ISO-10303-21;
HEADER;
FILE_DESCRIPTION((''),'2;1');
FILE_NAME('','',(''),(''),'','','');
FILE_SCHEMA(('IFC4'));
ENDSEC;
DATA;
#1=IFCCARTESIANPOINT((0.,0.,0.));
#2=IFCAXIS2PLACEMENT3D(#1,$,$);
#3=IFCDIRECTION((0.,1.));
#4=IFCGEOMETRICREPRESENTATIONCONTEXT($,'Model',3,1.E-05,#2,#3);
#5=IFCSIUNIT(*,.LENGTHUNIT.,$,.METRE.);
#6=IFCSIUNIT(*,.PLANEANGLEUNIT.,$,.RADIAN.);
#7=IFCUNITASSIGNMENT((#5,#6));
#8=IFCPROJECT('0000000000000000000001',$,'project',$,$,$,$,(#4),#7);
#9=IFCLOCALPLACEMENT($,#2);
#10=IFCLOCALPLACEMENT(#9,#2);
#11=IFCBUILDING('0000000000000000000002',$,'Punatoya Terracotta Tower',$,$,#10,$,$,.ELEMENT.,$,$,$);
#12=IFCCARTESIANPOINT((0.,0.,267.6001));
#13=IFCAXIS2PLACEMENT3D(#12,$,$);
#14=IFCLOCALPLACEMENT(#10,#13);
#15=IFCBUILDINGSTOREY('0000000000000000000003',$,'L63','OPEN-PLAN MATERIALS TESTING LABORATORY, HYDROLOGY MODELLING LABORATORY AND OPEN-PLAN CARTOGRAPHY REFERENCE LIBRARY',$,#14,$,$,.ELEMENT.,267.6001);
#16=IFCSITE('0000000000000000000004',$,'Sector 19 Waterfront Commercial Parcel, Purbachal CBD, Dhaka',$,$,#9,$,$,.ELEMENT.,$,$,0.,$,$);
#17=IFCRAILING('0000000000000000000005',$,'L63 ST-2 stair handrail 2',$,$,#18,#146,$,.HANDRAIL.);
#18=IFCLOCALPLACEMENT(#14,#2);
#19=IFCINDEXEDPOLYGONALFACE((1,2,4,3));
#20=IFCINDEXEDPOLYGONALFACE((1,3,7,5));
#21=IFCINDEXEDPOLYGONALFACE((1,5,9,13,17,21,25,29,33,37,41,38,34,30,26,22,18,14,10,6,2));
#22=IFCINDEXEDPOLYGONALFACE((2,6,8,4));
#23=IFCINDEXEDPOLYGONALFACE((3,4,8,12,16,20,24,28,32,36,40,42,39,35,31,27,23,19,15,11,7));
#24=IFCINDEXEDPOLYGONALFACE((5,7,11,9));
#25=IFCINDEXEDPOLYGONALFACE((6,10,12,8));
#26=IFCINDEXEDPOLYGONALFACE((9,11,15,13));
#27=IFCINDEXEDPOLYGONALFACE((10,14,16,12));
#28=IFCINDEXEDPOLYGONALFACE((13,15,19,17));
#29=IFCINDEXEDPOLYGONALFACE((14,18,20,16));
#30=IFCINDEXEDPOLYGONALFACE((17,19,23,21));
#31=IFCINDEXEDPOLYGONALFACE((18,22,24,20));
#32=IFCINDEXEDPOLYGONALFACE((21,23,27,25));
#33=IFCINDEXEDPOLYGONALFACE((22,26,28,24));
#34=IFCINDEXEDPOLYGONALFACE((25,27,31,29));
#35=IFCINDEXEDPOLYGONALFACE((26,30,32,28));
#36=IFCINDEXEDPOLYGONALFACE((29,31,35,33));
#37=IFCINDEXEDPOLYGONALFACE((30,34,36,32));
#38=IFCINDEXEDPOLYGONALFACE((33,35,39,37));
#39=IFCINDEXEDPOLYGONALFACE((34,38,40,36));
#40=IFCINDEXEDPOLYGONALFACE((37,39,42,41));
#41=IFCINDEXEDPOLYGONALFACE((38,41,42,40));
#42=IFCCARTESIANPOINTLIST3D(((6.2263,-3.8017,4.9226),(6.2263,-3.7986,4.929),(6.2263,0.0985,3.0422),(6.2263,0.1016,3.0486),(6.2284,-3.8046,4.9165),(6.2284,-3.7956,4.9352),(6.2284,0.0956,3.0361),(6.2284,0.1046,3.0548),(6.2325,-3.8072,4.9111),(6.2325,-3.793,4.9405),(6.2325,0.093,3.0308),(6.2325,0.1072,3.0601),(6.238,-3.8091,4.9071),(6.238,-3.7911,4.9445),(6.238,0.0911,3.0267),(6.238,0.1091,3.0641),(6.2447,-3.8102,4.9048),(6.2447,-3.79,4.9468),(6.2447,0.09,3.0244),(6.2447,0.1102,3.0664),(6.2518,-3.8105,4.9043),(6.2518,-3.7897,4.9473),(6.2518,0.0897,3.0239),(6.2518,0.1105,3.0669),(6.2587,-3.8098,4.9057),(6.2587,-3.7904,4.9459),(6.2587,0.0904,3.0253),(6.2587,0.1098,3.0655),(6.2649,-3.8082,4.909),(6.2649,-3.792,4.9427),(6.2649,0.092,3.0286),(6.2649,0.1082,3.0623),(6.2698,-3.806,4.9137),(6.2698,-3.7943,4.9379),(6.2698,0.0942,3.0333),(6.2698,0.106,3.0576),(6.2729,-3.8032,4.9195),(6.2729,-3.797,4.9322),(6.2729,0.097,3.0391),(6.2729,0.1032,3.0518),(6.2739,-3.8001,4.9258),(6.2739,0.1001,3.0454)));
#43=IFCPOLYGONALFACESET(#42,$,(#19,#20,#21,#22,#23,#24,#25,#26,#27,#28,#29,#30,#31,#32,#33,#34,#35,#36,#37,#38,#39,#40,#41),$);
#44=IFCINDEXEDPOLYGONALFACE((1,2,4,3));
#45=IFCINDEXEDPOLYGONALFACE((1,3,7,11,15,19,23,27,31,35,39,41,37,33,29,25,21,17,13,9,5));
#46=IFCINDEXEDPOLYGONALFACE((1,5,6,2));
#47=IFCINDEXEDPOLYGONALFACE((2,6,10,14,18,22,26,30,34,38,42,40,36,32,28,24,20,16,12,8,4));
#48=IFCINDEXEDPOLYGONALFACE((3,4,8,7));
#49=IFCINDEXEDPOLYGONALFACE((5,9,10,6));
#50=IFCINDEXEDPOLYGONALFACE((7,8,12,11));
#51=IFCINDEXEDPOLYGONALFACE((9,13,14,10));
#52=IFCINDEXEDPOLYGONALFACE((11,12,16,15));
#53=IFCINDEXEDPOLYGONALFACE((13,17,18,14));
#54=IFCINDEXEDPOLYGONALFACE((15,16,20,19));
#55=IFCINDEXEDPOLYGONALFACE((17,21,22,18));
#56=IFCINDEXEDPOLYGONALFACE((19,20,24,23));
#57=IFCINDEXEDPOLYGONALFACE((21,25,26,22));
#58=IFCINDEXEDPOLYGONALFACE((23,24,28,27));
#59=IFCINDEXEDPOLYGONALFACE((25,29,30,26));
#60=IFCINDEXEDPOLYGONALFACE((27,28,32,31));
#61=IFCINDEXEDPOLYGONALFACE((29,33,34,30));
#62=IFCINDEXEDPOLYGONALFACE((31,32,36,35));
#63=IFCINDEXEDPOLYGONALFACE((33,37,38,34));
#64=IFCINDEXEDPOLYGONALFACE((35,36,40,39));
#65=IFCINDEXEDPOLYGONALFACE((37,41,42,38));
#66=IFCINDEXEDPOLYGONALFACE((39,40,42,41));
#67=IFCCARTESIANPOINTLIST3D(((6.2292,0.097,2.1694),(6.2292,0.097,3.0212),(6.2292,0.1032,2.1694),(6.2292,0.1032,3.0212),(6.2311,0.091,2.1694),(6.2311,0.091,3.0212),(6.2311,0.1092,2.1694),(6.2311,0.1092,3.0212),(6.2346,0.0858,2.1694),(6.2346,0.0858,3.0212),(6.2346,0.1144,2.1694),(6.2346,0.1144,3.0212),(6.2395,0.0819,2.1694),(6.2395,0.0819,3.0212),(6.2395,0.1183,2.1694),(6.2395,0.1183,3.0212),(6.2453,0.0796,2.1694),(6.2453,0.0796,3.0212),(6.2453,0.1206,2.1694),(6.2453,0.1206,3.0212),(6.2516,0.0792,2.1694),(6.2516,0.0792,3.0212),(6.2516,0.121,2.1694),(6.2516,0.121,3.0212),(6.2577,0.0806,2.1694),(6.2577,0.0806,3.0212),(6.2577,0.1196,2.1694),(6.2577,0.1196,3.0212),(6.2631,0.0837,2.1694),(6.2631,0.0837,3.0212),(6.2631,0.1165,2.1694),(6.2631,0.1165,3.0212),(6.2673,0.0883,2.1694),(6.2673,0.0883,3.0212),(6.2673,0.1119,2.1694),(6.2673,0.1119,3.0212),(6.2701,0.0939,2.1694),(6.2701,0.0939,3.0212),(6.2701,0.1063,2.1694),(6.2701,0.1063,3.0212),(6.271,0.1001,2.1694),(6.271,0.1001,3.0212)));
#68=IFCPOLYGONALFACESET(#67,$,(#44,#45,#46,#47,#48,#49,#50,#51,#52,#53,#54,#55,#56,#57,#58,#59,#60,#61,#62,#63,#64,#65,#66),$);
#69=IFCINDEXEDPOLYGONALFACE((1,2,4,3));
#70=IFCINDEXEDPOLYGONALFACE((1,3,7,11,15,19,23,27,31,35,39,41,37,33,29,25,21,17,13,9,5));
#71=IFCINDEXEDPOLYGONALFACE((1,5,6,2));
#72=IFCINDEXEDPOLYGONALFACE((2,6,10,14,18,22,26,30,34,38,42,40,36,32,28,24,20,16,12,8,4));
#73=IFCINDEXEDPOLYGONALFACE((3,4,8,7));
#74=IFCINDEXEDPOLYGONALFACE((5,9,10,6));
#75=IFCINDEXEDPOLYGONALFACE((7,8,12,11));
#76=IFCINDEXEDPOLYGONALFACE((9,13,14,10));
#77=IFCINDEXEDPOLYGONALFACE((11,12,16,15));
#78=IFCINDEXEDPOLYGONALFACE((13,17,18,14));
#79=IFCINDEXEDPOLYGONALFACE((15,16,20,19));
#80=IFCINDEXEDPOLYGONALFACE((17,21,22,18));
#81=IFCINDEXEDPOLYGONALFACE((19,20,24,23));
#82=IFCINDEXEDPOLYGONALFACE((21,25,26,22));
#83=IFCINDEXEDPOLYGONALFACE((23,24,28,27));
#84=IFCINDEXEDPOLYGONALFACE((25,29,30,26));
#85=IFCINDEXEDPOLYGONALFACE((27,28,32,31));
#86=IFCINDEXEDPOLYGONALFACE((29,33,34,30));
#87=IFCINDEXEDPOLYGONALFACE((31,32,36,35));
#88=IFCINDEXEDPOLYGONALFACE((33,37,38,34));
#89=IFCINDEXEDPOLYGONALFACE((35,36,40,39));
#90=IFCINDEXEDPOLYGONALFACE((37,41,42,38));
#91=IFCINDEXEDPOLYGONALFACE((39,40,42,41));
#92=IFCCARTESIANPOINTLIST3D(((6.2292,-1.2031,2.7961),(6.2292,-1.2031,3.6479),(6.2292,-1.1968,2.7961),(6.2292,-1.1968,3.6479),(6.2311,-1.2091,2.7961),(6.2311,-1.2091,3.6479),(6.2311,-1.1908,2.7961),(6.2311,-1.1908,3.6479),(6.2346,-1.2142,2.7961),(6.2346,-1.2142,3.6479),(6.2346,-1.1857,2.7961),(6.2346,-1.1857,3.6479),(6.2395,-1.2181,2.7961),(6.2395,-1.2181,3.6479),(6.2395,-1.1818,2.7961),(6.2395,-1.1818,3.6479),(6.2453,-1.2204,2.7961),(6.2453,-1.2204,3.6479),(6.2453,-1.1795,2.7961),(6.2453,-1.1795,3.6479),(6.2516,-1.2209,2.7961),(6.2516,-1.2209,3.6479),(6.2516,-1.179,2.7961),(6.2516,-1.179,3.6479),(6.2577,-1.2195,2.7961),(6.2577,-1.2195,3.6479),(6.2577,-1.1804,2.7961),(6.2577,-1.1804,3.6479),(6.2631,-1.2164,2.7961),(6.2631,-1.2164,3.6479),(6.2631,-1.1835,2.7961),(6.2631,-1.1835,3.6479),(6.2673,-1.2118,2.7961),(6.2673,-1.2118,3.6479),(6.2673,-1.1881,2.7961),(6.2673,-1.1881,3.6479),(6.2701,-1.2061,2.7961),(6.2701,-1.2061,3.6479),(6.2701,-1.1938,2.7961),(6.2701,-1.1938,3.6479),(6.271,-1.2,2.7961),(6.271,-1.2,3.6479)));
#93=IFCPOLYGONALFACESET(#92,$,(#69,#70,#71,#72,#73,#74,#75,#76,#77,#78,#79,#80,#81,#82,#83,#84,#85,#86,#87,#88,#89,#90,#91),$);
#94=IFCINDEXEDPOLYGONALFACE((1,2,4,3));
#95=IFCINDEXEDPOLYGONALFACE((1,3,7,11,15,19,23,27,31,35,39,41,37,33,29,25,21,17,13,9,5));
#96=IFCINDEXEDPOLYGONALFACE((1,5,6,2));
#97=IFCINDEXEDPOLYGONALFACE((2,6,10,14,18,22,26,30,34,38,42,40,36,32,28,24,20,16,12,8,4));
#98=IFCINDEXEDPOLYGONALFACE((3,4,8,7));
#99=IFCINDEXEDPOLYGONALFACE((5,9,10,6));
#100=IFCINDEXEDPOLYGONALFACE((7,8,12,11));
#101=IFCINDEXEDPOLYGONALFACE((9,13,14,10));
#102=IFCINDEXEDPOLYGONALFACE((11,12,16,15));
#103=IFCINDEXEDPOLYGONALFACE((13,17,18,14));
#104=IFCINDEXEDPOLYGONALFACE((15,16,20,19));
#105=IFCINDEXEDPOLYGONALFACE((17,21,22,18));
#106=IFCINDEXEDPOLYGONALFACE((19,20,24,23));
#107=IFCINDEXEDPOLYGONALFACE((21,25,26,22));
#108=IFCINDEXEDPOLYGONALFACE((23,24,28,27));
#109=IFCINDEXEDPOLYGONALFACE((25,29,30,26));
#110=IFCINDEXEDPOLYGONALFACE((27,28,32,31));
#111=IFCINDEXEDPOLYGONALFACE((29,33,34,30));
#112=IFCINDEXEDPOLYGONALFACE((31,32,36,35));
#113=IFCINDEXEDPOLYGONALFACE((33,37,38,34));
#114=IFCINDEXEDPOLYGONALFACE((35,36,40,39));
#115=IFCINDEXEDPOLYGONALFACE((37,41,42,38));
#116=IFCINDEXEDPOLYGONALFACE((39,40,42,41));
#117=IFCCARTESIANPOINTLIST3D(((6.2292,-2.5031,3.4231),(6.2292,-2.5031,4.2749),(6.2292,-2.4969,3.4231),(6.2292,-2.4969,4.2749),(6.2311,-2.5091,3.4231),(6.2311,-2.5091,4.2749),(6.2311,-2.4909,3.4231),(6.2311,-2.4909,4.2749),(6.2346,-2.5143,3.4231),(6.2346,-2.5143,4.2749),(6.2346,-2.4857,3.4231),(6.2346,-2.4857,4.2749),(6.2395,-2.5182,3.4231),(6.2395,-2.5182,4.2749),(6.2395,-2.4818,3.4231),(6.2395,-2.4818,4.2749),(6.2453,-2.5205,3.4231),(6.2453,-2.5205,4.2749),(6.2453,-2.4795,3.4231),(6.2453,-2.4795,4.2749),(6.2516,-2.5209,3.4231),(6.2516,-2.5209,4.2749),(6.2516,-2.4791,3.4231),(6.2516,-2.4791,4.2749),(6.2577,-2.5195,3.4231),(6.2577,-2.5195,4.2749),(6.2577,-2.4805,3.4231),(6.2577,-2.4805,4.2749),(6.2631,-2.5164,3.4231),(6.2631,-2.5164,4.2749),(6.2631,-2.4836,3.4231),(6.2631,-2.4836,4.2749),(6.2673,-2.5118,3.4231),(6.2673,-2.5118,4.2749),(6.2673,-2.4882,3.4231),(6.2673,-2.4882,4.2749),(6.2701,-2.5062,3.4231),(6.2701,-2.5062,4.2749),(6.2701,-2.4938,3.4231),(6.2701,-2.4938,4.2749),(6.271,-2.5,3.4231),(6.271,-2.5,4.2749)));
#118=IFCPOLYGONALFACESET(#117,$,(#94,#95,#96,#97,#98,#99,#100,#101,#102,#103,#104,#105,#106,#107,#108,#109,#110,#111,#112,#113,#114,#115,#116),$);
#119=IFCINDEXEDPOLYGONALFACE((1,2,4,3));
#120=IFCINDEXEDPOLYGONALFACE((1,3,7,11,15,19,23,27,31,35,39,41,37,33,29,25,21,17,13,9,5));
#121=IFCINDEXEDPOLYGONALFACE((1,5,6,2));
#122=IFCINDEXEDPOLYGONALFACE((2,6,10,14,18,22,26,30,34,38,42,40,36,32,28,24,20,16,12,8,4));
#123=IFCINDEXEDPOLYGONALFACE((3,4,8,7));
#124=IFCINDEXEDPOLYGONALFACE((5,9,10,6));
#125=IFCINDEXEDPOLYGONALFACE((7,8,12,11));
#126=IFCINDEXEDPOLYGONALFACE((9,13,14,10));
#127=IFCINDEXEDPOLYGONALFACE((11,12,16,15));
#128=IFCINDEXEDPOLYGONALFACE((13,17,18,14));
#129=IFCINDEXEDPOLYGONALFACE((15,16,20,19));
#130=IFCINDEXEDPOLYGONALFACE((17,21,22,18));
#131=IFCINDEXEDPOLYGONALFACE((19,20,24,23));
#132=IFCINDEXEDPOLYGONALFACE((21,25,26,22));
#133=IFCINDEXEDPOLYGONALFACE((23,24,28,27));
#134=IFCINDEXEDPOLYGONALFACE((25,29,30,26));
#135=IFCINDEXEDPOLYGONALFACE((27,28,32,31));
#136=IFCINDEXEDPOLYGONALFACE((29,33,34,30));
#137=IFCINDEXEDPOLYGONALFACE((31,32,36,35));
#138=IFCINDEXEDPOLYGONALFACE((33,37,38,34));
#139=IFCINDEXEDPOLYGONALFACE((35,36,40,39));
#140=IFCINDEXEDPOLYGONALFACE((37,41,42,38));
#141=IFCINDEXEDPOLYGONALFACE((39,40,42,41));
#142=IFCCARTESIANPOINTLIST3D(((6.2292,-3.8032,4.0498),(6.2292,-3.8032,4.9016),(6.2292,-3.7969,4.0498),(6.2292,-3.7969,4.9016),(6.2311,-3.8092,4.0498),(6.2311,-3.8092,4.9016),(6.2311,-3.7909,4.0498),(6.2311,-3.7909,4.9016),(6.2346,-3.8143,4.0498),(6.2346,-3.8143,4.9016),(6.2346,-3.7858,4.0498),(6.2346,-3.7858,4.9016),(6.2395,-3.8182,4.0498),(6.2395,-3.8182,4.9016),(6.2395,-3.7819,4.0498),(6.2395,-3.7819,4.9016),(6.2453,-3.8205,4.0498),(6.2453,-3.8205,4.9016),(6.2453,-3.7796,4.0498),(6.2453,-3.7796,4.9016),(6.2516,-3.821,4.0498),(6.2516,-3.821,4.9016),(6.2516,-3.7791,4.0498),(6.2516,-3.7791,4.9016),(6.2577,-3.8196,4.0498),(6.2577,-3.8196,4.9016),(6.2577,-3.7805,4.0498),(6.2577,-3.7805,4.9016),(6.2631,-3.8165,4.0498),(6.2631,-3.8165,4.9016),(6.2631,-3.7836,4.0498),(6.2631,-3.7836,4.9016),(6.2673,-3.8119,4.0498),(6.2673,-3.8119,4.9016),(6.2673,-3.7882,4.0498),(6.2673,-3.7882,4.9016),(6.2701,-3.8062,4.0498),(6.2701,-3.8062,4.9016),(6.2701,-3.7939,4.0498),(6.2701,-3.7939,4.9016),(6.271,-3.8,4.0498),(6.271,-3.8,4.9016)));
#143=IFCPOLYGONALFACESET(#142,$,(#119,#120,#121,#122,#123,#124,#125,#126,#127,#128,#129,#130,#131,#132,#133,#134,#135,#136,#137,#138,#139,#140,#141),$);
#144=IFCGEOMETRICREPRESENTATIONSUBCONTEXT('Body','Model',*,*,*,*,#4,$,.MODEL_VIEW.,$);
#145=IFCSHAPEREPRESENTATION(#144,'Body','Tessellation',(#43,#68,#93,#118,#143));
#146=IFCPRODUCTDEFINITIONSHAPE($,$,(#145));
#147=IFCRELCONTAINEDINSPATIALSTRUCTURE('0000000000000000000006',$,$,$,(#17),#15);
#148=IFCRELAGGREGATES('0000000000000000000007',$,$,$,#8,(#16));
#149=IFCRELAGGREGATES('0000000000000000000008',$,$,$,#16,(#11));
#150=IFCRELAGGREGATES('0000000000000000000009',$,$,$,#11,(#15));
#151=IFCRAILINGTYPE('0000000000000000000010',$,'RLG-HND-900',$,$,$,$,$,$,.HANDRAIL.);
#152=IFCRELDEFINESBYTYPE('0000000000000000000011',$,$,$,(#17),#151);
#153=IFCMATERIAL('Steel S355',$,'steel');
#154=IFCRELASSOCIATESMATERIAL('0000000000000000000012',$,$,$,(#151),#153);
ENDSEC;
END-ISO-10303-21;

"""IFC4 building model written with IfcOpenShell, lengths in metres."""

from ifc_helpers import new_model, si_unit, direction, frame, origin, origin_2d, place, context, subcontext, project, spatial, circle, extrude, material, type_object, element, save


model = new_model("IFC4")

# Units and contexts
model_context = context("Model", 3, precision=1e-05, world=origin(), true_north=direction((0.0, 1.0)))
body_context = subcontext(model_context, "Body", "Model", "MODEL_VIEW")
ifc_project = project(units=[si_unit("LENGTHUNIT", "METRE"), si_unit("PLANEANGLEUNIT", "RADIAN")], contexts=[model_context])

# Site, building, storey
site_placement = place(None, origin())
site = spatial("IfcSite", under=ifc_project, at=site_placement, Name="Sector 19 Waterfront Commercial Parcel, Purbachal CBD, Dhaka", CompositionType="ELEMENT", RefElevation=0.0)
building_placement = place(site_placement, origin())
building = spatial("IfcBuilding", under=site, at=building_placement, Name="Punatoya Terracotta Tower", CompositionType="ELEMENT")
storey_placement = place(building_placement, frame((0.0, 0.0, 267.6001)))
storey = spatial("IfcBuildingStorey", under=building, at=storey_placement, Name="L63", Description="OPEN-PLAN MATERIALS TESTING LABORATORY, HYDROLOGY MODELLING LABORATORY AND OPEN-PLAN CARTOGRAPHY REFERENCE LIBRARY", CompositionType="ELEMENT", Elevation=267.6001)

# Shared definitions
ifc_material_1 = material(Name="Steel S355", Category="steel")

# Railing
railing_type_1 = type_object("IfcRailingType", Name="RLG-HND-900", PredefinedType="HANDRAIL", material=ifc_material_1)
railing_1_placement = place(storey_placement, frame((6.25, 0.1001, 2.1694)))
element("IfcRailing", 1, at=railing_1_placement, inside=storey, type_object=railing_type_1, Name="L63 ST-2 stair handrail 2", PredefinedType="HANDRAIL", context=body_context, shape_type="SweptSolid", body=[
    extrude(circle(Radius=0.0239, at=origin_2d()), frame((0.0, 0.0, 0.876), z_axis=(0.0, -0.900774, 0.434289), x_axis=(1.0, 0.0, 0.0)), (0.0, 0.0, 1.0), 4.3298),
    extrude(circle(Radius=0.021, at=origin_2d()), origin(), (0.0, 0.0, 1.0), 0.8518),
    extrude(circle(Radius=0.021, at=origin_2d()), frame((0.0, -1.3, 0.6267)), (0.0, 0.0, 1.0), 0.8518),
    extrude(circle(Radius=0.021, at=origin_2d()), frame((0.0, -2.6001, 1.2537)), (0.0, 0.0, 1.0), 0.8518),
    extrude(circle(Radius=0.021, at=origin_2d()), frame((0.0, -3.9001, 1.8804)), (0.0, 0.0, 1.0), 0.8518),
])

save(model, "model.ifc")
